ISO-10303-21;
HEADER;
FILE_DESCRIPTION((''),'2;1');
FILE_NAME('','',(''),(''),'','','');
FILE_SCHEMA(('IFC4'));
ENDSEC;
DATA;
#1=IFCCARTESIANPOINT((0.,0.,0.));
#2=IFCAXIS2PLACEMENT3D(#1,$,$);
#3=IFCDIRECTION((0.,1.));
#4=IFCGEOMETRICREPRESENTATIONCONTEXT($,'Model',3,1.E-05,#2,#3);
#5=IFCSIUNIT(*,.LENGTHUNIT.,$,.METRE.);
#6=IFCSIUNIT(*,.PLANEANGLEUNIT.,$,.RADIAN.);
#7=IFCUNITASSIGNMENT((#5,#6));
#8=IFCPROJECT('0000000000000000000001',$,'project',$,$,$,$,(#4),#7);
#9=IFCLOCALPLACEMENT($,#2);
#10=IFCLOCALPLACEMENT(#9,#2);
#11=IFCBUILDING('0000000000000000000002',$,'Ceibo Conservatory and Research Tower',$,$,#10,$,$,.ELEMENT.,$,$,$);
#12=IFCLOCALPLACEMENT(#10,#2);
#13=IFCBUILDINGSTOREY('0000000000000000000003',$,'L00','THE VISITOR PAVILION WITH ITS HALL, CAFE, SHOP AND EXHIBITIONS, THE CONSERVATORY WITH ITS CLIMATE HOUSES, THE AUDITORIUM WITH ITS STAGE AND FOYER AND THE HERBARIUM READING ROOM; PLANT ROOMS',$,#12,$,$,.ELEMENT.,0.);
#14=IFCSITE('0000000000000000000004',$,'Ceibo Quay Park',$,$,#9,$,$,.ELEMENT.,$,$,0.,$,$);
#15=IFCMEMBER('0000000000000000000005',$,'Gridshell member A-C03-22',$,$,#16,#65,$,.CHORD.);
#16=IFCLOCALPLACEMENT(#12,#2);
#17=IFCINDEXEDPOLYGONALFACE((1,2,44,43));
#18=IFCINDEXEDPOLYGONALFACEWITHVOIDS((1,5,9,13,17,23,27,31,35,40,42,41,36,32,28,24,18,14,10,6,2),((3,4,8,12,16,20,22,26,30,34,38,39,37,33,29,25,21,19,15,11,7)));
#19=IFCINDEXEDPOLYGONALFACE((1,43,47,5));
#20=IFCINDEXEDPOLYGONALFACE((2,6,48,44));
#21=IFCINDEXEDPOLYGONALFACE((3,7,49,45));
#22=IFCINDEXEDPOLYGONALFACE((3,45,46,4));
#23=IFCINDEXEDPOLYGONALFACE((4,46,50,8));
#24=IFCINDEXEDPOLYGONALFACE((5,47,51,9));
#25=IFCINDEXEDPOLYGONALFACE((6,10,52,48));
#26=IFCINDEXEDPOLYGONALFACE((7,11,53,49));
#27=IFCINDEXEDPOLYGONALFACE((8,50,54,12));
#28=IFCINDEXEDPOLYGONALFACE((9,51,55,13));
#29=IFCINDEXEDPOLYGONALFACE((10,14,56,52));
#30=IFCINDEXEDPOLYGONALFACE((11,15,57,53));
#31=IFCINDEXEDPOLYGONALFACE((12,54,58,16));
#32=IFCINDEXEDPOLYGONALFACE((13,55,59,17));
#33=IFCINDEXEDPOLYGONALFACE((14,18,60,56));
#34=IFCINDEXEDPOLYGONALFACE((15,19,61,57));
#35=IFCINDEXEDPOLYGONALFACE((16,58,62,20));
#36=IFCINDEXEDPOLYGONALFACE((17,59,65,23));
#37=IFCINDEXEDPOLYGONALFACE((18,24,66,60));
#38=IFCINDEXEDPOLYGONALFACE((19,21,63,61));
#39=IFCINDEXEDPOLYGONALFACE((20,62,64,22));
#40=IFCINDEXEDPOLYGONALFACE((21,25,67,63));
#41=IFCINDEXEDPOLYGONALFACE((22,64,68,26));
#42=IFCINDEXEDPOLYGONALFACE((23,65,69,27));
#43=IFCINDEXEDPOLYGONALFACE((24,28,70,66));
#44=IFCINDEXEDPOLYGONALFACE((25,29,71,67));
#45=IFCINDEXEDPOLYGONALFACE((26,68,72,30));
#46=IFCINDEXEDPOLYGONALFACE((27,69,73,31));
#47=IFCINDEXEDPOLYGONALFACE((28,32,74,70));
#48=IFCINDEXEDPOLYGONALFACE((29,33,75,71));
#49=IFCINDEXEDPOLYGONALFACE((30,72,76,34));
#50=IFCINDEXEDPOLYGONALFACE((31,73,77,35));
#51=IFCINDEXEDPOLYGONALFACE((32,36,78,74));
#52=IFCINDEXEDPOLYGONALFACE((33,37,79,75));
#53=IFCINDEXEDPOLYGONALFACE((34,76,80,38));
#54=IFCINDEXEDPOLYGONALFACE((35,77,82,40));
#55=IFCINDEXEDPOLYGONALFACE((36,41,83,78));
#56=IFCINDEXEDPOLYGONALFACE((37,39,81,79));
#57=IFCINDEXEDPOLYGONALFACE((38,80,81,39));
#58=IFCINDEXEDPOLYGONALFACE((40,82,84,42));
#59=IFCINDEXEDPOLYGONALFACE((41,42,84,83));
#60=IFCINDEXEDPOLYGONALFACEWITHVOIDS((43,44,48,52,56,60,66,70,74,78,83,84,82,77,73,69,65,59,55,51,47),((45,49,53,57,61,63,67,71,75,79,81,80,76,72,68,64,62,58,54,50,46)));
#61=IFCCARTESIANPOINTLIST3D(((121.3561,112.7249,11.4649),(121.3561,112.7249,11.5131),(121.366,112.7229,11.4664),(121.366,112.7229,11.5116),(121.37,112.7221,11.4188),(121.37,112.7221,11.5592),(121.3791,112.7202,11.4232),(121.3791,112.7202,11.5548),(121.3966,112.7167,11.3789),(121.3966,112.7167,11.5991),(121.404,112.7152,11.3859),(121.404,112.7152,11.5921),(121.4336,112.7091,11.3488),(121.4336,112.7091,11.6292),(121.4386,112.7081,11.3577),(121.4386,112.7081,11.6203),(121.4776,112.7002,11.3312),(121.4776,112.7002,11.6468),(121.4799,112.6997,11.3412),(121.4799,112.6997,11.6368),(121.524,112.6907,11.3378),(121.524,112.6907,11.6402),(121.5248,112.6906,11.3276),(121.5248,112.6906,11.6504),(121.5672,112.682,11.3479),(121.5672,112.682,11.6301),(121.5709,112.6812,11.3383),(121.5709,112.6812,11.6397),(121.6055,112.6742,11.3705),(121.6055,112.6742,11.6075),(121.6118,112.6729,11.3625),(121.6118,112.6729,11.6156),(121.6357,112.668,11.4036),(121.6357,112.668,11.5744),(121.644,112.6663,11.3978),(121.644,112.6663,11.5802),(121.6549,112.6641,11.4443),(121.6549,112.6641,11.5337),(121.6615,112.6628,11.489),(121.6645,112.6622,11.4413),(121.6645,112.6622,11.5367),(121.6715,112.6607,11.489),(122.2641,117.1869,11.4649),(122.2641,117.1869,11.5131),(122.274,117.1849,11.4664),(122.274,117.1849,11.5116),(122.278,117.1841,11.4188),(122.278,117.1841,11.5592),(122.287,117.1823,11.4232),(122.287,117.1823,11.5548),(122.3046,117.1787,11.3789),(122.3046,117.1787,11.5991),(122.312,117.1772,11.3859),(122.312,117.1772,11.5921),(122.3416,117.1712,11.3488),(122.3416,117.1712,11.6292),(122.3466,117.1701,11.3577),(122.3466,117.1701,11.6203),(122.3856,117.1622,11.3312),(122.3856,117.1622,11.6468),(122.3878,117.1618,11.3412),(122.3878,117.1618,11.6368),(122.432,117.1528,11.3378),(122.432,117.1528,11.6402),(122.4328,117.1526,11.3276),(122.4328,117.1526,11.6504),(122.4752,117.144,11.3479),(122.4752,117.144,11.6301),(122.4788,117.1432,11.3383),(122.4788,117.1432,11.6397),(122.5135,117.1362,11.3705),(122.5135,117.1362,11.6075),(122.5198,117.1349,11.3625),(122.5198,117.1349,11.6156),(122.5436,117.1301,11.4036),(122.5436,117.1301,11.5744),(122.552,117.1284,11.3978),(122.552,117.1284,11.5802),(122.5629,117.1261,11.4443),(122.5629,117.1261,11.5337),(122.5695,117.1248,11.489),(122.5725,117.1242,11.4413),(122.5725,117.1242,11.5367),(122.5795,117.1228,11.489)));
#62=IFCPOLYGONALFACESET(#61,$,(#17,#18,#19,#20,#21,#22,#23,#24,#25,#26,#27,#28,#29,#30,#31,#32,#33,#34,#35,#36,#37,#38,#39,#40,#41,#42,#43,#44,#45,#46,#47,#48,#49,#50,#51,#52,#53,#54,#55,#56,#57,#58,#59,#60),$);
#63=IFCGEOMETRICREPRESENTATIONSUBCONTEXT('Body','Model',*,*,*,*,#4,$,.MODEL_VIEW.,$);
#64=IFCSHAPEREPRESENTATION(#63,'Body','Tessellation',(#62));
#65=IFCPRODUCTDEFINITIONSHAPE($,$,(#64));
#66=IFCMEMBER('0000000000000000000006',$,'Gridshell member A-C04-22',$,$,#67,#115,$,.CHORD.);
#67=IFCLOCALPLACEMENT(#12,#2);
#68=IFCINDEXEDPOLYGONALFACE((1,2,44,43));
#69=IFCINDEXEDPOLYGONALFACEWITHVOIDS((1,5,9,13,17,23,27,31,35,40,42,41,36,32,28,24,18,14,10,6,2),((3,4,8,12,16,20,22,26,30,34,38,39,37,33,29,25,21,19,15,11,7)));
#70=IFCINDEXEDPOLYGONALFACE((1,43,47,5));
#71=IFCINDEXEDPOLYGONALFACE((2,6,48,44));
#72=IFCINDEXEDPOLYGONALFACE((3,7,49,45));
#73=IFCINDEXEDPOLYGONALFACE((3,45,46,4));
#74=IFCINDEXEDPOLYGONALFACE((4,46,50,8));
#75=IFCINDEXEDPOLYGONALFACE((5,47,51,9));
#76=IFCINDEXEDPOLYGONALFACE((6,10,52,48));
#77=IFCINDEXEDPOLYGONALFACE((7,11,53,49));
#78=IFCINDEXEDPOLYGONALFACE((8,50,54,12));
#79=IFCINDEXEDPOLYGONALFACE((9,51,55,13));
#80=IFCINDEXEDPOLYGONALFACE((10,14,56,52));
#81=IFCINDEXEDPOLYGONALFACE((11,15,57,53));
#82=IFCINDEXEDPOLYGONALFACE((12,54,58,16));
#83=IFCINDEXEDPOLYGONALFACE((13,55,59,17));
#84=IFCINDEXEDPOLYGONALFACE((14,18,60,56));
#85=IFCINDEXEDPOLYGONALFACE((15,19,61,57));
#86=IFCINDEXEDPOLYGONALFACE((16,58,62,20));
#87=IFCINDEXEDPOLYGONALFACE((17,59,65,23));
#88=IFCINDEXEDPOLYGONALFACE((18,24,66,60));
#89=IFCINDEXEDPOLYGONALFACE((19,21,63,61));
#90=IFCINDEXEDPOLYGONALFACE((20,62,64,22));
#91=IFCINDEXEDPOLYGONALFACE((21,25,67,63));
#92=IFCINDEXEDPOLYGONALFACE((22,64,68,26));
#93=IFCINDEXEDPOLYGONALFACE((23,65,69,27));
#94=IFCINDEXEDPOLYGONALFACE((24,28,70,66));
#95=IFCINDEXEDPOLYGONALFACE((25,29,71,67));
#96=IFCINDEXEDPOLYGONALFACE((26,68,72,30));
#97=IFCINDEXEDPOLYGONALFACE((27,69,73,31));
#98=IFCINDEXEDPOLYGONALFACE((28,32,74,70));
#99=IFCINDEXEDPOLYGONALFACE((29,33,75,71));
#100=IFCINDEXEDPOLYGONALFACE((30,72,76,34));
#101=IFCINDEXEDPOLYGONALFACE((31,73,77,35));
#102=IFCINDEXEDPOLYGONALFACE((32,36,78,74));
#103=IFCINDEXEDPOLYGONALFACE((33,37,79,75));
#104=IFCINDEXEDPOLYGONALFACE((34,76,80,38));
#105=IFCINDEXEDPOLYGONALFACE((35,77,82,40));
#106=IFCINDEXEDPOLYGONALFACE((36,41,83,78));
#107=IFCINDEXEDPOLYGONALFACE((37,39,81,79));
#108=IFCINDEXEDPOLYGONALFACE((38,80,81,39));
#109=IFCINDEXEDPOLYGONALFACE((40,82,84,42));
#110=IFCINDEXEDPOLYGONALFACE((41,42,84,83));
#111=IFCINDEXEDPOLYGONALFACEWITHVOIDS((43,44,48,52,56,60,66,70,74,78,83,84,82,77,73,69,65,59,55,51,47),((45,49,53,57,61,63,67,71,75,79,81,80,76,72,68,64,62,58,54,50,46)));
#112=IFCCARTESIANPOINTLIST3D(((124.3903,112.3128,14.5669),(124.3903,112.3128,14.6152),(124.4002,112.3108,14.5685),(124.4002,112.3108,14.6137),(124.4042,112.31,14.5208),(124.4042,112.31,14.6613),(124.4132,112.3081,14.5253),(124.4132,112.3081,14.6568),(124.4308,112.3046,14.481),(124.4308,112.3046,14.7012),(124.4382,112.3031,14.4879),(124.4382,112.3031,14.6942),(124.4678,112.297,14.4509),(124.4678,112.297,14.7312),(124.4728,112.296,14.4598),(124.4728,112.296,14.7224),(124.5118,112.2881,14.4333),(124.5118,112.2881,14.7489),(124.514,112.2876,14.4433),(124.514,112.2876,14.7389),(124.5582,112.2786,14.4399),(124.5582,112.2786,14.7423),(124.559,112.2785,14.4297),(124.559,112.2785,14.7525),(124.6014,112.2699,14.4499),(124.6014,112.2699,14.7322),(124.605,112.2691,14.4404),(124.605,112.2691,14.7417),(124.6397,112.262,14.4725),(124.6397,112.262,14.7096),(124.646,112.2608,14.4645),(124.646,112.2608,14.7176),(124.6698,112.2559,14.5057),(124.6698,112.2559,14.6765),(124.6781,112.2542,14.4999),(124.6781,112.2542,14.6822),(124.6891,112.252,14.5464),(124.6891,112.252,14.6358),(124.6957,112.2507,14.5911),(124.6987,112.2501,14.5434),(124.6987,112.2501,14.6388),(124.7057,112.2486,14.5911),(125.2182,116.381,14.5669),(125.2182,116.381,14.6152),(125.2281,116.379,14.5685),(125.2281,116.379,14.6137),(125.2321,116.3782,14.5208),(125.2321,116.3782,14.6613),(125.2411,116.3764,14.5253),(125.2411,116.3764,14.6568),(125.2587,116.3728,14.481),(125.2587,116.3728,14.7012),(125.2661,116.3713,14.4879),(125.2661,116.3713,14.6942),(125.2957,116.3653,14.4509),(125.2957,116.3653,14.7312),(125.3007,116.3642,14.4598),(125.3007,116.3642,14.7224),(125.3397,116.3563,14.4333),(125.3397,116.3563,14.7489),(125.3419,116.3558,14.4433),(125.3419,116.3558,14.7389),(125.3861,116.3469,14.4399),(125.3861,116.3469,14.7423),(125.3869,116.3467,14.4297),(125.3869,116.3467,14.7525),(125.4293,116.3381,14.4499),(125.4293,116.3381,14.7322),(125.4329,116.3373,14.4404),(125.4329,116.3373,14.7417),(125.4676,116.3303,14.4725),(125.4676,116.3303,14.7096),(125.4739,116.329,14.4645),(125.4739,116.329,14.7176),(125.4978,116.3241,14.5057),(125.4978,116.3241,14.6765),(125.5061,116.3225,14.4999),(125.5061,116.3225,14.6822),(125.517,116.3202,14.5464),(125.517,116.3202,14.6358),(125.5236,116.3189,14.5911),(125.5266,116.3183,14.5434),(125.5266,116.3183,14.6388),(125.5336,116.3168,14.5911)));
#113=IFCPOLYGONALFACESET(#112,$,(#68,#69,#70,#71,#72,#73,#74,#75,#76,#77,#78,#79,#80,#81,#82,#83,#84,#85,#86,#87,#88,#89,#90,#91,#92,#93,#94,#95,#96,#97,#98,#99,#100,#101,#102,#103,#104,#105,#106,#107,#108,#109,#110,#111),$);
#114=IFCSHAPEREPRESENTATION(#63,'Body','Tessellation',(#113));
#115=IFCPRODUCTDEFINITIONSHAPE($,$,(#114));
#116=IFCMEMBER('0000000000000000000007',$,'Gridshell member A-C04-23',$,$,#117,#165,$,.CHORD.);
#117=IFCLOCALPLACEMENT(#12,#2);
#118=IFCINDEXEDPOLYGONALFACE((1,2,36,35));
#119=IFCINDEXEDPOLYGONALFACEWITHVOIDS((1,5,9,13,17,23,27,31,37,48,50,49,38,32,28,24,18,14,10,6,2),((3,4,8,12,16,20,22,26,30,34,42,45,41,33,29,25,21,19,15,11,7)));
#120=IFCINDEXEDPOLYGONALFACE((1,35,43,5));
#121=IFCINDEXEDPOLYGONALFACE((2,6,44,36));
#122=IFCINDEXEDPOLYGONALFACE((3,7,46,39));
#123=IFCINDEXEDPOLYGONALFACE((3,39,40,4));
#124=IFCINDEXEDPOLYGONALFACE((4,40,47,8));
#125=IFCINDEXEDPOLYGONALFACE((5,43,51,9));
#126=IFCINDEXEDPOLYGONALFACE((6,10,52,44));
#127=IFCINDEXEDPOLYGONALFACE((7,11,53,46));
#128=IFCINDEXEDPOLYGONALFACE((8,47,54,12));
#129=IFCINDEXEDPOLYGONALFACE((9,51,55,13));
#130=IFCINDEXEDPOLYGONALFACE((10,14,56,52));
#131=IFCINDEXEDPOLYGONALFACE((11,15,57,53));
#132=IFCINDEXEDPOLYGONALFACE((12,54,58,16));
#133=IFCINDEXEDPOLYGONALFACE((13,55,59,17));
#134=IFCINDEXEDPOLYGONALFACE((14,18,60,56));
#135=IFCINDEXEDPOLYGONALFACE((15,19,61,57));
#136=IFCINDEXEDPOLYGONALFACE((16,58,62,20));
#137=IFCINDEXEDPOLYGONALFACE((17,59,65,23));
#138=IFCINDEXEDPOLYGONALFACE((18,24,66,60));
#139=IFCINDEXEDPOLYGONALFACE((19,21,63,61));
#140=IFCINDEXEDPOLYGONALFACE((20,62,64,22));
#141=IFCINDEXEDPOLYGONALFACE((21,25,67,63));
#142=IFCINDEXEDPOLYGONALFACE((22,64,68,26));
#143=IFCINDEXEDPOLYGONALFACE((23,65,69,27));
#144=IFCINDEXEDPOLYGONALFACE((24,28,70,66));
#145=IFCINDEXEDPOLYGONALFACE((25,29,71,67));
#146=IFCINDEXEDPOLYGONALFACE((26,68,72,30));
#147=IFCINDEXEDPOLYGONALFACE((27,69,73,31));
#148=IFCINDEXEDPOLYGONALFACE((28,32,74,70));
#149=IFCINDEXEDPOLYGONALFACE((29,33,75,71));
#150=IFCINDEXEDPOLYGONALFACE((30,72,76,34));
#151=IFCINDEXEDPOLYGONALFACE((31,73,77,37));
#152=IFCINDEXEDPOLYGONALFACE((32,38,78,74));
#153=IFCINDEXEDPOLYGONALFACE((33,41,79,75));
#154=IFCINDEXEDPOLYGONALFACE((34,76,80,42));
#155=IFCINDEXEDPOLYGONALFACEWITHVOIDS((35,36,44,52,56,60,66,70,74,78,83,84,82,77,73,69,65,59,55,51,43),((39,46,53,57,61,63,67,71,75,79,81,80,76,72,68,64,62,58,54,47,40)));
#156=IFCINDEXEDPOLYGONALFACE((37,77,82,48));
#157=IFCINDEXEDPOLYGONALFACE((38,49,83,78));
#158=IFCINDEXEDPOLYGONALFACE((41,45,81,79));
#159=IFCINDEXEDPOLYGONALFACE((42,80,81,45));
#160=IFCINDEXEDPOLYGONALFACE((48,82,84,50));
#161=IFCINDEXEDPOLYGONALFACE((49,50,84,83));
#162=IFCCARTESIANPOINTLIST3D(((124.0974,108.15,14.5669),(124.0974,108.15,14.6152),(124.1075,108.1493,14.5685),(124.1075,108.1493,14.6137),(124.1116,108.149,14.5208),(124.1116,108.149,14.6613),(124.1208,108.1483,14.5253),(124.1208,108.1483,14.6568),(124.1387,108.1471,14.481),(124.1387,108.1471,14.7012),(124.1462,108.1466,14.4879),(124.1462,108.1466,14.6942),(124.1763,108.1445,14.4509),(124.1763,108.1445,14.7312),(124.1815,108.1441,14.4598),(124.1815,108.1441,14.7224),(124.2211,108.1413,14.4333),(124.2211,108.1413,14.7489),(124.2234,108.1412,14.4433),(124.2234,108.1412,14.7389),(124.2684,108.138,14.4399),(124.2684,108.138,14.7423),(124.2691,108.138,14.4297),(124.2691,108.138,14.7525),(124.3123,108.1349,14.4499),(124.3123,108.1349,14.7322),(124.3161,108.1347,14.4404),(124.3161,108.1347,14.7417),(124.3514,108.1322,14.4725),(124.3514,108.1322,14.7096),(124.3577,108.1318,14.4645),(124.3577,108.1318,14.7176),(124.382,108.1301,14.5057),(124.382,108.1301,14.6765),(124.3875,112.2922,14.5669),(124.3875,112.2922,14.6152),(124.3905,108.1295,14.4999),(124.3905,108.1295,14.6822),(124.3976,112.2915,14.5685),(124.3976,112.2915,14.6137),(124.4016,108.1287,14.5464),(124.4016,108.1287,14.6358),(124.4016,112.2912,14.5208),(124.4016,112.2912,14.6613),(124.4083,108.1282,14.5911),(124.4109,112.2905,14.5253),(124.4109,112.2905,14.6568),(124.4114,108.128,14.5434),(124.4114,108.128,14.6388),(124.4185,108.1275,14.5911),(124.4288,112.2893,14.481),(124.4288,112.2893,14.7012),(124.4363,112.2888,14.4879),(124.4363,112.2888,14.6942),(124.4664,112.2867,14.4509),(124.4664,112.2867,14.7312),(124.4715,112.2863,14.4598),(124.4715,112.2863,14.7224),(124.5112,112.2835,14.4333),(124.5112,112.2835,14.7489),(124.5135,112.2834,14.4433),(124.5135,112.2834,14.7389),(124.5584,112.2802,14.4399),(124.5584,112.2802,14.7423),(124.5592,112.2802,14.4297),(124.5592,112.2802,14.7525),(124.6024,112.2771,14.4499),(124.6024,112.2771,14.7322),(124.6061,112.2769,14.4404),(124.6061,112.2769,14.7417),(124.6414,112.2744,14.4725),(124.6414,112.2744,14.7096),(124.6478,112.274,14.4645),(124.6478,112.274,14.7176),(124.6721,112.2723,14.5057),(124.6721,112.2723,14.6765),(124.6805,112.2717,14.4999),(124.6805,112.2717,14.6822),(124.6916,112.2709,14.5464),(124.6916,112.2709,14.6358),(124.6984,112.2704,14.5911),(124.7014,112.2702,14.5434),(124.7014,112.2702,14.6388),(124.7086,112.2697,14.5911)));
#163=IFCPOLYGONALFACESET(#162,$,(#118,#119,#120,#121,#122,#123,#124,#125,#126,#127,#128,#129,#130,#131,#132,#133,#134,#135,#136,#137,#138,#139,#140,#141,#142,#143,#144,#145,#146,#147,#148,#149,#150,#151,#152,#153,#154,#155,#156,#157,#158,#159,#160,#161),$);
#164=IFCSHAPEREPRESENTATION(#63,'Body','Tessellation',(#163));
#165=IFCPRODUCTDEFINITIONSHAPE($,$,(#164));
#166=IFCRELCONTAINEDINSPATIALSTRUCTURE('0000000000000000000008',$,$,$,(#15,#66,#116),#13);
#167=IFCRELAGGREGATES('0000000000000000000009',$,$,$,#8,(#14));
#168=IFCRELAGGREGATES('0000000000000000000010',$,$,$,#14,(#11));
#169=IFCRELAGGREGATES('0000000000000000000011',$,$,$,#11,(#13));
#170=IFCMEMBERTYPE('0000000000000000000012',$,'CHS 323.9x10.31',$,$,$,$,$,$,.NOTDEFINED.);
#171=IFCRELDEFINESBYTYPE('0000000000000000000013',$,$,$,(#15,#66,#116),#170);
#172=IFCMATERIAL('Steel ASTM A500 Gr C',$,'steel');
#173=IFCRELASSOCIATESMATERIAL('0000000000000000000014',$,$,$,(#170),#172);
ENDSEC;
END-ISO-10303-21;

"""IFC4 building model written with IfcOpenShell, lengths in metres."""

from ifc_helpers import new_model, si_unit, direction, frame, origin, origin_2d, place, context, subcontext, project, spatial, hollow_circle, extrude, material, material_profile, profile_set, type_object, element, save


model = new_model("IFC4")

# Units and contexts
model_context = context("Model", 3, precision=1e-05, world=origin(), true_north=direction((0.0, 1.0)))
body_context = subcontext(model_context, "Body", "Model", "MODEL_VIEW")
ifc_project = project(units=[si_unit("LENGTHUNIT", "METRE"), si_unit("PLANEANGLEUNIT", "RADIAN")], contexts=[model_context])

# Site, building, storey
site_placement = place(None, origin())
site = spatial("IfcSite", under=ifc_project, at=site_placement, Name="Ceibo Quay Park", CompositionType="ELEMENT", RefElevation=0.0)
building_placement = place(site_placement, origin())
building = spatial("IfcBuilding", under=site, at=building_placement, Name="Ceibo Conservatory and Research Tower", CompositionType="ELEMENT")
storey_placement = place(building_placement, origin())
storey = spatial("IfcBuildingStorey", under=building, at=storey_placement, Name="L00", Description="THE VISITOR PAVILION WITH ITS HALL, CAFE, SHOP AND EXHIBITIONS, THE CONSERVATORY WITH ITS CLIMATE HOUSES, THE AUDITORIUM WITH ITS STAGE AND FOYER AND THE HERBARIUM READING ROOM; PLANT ROOMS", CompositionType="ELEMENT", Elevation=0.0)

# Members
ifc_material_1 = material(Name="Steel ASTM A500 Gr C", Category="steel")
ifc_material_profile_1 = material_profile(ifc_material_1, hollow_circle(Radius=0.1619, WallThickness=0.0103, at=origin_2d()), Name="CHS 323.9x10.31")
ifc_profile_set_1 = profile_set([ifc_material_profile_1], Name="Steel ASTM A500 Gr C")
member_type_1 = type_object("IfcMemberType", Name="CHS 323.9x10.31", PredefinedType="NOTDEFINED", material=ifc_profile_set_1)
member_1_placement = place(storey_placement, frame((122.4209, 117.155, 11.489), z_axis=(-0.199404, -0.979917, 0.0), x_axis=(0.979917, -0.199404, 0.0)))
element("IfcMember", 1, at=member_1_placement, inside=storey, type_object=member_type_1, Name="Gridshell member A-C03-22", PredefinedType="CHORD", context=body_context, shape_type="SweptSolid", body=[
    extrude(hollow_circle(Radius=0.1619, WallThickness=0.0103, at=origin_2d()), origin(), (0.0, 0.0, 1.0), 4.5535),
])
member_2_placement = place(storey_placement, frame((125.375, 116.3491, 14.5911), z_axis=(-0.199417, -0.979915, 0.0), x_axis=(0.979915, -0.199417, 0.0)))
element("IfcMember", 2, at=member_2_placement, inside=storey, type_object=member_type_1, Name="Gridshell member A-C04-22", PredefinedType="CHORD", context=body_context, shape_type="SweptSolid", body=[
    extrude(hollow_circle(Radius=0.1619, WallThickness=0.0103, at=origin_2d()), origin(), (0.0, 0.0, 1.0), 4.1516),
])
member_3_placement = place(storey_placement, frame((124.5471, 112.281, 14.5911), z_axis=(-0.069851, -0.997557, 0.0), x_axis=(0.997557, -0.069851, 0.0)))
element("IfcMember", 3, at=member_3_placement, inside=storey, type_object=member_type_1, Name="Gridshell member A-C04-23", PredefinedType="CHORD", context=body_context, shape_type="SweptSolid", body=[
    extrude(hollow_circle(Radius=0.1619, WallThickness=0.0103, at=origin_2d()), origin(), (0.0, 0.0, 1.0), 4.1523),
])

save(model, "model.ifc")
